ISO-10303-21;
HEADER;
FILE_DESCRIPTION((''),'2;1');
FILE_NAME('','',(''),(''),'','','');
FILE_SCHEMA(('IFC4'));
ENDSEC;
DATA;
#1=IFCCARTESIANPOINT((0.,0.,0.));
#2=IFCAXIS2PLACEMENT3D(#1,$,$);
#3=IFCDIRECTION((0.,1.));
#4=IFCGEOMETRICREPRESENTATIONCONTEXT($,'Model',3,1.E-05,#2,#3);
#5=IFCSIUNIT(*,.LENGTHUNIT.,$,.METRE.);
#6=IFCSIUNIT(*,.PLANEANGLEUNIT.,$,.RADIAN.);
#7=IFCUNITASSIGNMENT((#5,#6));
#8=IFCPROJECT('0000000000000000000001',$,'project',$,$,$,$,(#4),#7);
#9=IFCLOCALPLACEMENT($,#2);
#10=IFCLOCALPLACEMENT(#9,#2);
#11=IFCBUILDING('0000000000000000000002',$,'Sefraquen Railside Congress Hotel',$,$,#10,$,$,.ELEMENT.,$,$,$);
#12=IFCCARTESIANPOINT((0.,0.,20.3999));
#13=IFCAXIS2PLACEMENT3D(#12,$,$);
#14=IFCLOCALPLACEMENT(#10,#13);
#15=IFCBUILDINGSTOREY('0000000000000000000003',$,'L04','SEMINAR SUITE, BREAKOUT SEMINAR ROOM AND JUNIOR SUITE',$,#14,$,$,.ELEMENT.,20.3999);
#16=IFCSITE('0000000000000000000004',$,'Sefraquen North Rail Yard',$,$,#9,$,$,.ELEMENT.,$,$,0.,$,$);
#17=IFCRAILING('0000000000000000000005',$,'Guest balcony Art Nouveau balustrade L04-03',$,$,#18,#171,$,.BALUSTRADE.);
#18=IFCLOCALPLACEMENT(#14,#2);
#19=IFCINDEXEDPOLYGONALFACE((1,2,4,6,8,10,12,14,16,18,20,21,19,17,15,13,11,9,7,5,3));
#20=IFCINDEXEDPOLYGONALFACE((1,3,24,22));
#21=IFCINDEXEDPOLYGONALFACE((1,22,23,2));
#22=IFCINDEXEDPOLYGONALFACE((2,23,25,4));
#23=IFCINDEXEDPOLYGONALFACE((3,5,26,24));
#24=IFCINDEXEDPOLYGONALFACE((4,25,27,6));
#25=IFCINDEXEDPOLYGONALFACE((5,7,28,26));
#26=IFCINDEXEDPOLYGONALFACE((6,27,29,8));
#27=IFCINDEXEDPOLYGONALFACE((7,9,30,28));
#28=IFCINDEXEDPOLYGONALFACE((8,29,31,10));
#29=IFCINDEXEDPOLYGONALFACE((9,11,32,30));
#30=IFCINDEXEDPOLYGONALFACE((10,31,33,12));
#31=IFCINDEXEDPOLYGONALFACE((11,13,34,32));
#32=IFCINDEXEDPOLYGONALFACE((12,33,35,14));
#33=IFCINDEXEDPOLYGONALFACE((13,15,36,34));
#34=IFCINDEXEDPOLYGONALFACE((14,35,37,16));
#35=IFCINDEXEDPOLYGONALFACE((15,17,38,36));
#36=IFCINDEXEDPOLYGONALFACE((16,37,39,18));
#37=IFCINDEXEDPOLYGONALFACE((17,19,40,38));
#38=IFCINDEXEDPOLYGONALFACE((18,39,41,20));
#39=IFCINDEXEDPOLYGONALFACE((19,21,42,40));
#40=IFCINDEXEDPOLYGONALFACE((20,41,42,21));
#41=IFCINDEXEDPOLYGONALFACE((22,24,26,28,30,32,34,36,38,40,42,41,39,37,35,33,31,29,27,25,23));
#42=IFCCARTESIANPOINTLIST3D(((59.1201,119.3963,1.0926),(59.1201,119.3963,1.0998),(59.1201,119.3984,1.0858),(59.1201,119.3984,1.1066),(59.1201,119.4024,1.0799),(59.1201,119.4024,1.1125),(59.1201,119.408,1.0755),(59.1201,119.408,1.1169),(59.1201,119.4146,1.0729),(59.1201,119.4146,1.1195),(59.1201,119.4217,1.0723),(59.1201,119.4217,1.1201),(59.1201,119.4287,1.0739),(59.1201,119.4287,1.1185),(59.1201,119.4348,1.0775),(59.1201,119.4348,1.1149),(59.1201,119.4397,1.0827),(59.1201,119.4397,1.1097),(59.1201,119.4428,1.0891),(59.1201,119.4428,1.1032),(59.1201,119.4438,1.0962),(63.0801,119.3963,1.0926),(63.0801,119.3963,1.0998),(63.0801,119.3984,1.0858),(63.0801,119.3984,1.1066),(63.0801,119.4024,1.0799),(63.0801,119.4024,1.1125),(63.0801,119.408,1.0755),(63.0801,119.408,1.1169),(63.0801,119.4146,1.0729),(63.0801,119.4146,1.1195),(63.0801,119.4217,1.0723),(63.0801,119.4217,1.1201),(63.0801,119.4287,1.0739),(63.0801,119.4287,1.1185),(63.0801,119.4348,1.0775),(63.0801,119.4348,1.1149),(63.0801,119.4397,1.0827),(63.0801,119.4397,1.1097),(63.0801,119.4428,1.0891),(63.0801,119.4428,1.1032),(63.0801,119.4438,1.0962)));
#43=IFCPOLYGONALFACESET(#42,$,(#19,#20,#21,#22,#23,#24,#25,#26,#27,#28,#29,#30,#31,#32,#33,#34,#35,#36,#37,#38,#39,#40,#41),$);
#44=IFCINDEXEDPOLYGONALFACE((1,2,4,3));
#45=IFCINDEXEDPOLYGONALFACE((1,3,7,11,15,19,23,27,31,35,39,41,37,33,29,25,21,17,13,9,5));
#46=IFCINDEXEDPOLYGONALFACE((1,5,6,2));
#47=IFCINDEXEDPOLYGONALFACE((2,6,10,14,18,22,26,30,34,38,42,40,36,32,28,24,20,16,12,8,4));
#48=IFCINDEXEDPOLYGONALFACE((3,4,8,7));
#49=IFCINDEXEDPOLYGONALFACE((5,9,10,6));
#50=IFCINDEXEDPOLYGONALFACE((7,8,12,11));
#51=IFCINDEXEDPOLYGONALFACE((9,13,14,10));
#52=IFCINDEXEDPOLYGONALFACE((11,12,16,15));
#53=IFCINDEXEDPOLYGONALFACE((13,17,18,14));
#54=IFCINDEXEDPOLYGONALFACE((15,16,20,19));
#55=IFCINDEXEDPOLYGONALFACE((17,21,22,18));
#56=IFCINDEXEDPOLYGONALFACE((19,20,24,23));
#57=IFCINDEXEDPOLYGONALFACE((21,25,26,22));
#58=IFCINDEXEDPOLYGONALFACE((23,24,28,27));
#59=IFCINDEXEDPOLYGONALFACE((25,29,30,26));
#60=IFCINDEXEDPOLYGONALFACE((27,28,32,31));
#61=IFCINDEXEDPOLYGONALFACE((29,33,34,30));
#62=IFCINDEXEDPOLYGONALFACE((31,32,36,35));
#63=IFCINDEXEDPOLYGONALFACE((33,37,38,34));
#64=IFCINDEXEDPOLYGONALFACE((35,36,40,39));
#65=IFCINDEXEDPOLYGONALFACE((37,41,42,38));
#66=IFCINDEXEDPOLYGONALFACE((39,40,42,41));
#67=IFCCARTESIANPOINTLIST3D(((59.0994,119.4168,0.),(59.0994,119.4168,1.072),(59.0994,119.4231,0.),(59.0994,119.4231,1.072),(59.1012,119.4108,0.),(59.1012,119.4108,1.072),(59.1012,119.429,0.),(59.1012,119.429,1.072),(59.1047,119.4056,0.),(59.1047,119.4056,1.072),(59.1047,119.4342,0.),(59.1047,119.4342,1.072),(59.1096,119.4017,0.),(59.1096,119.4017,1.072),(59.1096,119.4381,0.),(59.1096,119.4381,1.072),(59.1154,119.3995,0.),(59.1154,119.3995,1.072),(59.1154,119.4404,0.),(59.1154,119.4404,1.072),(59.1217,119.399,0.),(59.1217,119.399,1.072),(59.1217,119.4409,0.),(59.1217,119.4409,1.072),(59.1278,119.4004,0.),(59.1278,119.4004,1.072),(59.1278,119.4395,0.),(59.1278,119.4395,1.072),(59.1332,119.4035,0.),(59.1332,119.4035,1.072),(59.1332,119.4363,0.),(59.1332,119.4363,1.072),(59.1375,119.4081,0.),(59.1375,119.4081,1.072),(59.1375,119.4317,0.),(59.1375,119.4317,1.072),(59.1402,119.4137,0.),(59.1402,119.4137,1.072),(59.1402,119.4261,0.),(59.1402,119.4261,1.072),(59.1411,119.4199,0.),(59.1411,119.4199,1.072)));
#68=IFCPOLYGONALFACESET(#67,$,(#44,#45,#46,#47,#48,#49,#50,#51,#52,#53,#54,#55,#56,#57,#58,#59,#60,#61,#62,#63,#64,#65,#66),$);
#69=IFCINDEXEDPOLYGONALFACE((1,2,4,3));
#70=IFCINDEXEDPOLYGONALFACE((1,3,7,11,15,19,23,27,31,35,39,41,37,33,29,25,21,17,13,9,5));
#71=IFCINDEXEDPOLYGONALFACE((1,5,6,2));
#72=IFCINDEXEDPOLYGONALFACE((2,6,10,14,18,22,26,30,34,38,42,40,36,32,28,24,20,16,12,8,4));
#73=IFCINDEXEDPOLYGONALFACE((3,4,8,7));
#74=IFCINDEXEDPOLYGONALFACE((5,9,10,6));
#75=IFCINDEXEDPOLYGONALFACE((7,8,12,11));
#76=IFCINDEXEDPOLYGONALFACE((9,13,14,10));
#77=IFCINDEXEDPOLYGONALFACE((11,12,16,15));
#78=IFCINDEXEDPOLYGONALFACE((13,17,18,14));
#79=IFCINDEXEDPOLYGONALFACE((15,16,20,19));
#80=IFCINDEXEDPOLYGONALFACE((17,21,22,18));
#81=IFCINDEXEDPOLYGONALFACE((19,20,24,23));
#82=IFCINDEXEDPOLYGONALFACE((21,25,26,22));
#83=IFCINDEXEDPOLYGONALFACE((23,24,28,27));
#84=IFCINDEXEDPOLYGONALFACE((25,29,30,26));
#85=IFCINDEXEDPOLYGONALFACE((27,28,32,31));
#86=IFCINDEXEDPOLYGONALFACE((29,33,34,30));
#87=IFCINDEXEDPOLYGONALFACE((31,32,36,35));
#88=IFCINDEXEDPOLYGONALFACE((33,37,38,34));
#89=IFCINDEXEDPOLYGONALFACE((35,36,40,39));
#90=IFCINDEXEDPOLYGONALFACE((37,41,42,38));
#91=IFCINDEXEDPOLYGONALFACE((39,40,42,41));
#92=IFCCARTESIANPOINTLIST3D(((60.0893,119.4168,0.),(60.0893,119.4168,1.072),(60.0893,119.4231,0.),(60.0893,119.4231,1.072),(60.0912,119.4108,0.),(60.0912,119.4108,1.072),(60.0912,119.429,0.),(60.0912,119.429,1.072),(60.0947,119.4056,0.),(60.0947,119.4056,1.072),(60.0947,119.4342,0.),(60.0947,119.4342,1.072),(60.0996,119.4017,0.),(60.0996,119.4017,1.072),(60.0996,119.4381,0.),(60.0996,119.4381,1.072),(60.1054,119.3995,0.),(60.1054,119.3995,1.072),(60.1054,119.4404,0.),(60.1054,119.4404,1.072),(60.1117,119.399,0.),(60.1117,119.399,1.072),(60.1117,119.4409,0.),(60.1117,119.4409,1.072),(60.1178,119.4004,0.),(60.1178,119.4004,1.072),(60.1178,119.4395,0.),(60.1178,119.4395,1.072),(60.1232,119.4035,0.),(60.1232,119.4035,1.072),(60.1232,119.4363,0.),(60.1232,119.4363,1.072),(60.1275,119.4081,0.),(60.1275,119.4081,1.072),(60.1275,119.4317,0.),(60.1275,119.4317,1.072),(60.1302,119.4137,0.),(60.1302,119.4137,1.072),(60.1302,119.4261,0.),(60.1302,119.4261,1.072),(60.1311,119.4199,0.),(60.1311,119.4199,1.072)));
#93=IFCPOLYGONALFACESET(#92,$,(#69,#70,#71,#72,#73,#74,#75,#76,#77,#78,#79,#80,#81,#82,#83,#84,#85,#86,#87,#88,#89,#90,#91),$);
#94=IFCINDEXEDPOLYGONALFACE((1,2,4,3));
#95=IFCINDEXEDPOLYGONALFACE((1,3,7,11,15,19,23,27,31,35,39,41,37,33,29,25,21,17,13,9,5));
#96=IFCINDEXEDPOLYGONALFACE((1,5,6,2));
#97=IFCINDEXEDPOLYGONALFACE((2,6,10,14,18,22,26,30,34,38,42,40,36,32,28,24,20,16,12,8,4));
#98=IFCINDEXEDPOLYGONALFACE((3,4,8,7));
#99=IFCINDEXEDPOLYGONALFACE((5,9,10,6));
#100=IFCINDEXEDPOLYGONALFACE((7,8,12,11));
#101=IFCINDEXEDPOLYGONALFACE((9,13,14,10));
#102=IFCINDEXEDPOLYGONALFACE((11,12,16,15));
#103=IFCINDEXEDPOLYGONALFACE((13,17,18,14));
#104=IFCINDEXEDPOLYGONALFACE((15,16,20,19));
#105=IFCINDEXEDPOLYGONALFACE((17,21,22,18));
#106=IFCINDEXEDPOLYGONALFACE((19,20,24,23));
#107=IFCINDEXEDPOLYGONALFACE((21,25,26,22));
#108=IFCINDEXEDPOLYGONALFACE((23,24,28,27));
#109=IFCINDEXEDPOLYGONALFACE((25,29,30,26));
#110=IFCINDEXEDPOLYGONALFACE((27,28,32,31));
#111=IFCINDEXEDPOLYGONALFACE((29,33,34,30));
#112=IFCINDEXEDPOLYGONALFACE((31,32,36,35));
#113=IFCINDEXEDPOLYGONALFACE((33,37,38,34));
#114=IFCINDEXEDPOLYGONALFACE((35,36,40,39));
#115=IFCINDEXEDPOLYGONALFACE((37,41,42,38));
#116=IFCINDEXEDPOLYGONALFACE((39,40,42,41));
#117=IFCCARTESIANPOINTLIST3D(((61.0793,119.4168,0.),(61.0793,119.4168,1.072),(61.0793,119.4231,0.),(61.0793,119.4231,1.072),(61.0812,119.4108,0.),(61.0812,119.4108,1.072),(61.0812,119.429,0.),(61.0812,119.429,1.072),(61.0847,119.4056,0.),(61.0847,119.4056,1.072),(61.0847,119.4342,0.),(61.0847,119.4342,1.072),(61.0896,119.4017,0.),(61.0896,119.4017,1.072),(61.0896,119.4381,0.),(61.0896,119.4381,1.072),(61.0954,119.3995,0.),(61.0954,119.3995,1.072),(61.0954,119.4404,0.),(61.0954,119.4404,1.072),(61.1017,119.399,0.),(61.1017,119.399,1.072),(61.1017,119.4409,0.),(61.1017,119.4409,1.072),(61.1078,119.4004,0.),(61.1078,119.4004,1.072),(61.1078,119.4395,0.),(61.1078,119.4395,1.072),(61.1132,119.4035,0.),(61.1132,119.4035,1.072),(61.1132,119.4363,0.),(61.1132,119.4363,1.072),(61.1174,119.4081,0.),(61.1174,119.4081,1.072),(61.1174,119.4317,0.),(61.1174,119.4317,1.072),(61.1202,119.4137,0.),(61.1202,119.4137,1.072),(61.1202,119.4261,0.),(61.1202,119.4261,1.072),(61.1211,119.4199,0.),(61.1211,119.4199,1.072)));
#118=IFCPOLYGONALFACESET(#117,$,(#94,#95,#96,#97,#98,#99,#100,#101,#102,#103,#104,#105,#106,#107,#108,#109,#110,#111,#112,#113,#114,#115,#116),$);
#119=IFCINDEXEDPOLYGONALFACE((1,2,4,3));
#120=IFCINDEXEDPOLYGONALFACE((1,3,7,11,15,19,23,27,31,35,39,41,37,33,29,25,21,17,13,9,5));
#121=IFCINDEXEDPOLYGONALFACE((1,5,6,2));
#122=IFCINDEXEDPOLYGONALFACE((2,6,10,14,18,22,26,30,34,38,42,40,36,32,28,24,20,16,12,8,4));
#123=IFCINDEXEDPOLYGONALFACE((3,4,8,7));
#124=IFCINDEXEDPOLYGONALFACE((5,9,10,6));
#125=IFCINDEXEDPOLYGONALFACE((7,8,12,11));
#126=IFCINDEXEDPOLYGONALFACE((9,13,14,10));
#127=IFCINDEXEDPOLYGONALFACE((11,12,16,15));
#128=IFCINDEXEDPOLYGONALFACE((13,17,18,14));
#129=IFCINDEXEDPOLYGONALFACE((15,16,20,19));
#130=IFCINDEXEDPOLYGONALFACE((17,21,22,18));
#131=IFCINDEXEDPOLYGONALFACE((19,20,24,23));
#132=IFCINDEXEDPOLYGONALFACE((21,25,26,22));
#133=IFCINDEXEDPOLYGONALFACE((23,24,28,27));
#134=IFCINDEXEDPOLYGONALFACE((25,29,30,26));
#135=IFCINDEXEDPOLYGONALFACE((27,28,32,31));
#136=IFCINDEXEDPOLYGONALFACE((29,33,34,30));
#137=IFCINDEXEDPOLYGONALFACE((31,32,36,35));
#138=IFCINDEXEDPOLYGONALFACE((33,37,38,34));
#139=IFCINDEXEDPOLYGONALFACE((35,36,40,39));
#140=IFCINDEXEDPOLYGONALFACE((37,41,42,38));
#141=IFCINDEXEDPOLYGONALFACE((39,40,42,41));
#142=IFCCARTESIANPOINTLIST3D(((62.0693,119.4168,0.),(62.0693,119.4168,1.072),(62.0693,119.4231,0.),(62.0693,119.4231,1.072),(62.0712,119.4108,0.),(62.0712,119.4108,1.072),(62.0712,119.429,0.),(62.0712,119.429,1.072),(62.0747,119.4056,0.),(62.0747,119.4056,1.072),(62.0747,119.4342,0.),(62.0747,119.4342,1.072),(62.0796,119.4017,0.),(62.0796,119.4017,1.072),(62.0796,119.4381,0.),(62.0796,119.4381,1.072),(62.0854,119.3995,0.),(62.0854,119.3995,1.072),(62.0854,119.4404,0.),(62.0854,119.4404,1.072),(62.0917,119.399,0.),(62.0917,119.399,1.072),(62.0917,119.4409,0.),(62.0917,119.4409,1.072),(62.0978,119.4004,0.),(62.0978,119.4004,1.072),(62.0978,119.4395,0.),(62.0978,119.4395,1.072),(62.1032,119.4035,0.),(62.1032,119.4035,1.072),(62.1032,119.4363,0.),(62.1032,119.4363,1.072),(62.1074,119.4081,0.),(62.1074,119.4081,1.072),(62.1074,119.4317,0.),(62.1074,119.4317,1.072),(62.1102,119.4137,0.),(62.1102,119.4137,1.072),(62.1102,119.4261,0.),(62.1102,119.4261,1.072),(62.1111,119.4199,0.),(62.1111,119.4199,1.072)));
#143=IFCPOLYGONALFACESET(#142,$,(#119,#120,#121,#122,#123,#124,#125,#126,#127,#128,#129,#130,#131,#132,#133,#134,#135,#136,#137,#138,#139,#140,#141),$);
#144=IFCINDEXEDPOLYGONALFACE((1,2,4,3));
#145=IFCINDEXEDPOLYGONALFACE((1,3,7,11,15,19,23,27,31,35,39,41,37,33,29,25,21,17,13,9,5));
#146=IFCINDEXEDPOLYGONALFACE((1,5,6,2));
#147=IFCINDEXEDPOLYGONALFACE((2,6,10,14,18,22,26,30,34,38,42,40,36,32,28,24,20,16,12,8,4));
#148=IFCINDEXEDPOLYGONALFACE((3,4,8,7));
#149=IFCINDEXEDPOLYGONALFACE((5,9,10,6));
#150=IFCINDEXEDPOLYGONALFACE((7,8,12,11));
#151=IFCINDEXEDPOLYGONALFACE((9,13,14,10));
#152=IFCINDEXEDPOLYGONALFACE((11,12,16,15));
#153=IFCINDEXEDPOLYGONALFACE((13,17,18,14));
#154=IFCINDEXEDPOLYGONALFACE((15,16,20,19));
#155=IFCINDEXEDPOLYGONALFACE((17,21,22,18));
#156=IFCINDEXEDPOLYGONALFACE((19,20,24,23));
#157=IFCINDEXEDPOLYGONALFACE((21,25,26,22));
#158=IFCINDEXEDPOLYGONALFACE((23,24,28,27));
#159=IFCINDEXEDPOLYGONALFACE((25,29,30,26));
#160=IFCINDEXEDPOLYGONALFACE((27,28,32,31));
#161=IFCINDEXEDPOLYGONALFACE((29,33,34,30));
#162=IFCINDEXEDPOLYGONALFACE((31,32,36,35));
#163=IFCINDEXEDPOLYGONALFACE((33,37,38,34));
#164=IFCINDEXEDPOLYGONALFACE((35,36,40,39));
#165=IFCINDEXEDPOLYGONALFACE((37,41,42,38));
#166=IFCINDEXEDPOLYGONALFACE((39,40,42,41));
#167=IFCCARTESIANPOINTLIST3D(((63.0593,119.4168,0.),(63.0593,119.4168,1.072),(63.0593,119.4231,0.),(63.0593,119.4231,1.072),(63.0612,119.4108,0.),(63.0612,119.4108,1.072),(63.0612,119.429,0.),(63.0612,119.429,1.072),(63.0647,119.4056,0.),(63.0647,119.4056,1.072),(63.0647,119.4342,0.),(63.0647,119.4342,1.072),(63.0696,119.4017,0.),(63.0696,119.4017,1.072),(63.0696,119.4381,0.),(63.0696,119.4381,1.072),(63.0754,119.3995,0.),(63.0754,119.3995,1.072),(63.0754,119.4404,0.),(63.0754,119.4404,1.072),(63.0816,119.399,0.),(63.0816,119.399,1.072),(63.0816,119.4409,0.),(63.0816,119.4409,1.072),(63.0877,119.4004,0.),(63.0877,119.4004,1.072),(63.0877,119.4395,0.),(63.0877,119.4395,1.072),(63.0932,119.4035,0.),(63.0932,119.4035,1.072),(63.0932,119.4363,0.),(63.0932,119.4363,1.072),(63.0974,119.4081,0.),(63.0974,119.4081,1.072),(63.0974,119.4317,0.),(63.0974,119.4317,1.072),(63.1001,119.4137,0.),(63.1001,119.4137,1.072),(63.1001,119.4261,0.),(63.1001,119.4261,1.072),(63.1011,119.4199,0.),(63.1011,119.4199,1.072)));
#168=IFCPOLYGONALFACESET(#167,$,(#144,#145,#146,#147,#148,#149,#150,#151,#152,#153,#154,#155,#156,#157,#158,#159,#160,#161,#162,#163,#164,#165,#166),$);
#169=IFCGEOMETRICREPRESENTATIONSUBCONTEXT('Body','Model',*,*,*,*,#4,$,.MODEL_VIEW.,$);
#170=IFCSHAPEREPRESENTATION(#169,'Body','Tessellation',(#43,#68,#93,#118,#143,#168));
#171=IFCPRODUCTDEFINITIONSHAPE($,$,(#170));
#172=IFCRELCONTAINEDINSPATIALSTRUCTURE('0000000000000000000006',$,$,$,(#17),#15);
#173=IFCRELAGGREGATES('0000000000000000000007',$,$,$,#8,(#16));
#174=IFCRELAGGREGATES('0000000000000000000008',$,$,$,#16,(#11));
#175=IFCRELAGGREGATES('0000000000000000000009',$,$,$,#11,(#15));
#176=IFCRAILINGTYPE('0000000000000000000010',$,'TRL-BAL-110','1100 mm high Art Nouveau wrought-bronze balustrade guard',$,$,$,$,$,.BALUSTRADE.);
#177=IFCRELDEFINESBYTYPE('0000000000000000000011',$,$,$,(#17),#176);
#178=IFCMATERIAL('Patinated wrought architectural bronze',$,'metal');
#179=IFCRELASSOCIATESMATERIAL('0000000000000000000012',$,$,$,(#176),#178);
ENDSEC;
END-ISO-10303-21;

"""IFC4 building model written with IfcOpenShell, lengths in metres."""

from ifc_helpers import new_model, si_unit, direction, frame, origin, origin_2d, place, context, subcontext, project, spatial, circle, extrude, material, type_object, element, save


model = new_model("IFC4")

# Units and contexts
model_context = context("Model", 3, precision=1e-05, world=origin(), true_north=direction((0.0, 1.0)))
body_context = subcontext(model_context, "Body", "Model", "MODEL_VIEW")
ifc_project = project(units=[si_unit("LENGTHUNIT", "METRE"), si_unit("PLANEANGLEUNIT", "RADIAN")], contexts=[model_context])

# Site, building, storey
site_placement = place(None, origin())
site = spatial("IfcSite", under=ifc_project, at=site_placement, Name="Sefraquen North Rail Yard", CompositionType="ELEMENT", RefElevation=0.0)
building_placement = place(site_placement, origin())
building = spatial("IfcBuilding", under=site, at=building_placement, Name="Sefraquen Railside Congress Hotel", CompositionType="ELEMENT")
storey_placement = place(building_placement, frame((0.0, 0.0, 20.3999)))
storey = spatial("IfcBuildingStorey", under=building, at=storey_placement, Name="L04", Description="SEMINAR SUITE, BREAKOUT SEMINAR ROOM AND JUNIOR SUITE", CompositionType="ELEMENT", Elevation=20.3999)

# Railing
ifc_material_1 = material(Name="Patinated wrought architectural bronze", Category="metal")
railing_type_1 = type_object("IfcRailingType", Name="TRL-BAL-110", Description="1100 mm high Art Nouveau wrought-bronze balustrade guard", PredefinedType="BALUSTRADE", material=ifc_material_1)
railing_1_placement = place(storey_placement, frame((59.1201, 119.4199, 0.0)))
element("IfcRailing", 1, at=railing_1_placement, inside=storey, type_object=railing_type_1, Name="Guest balcony Art Nouveau balustrade L04-03", PredefinedType="BALUSTRADE", context=body_context, shape_type="SweptSolid", body=[
    extrude(circle(Radius=0.0239, at=origin_2d()), frame((0.0, 0.0, 1.0962), z_axis=(1.0, 0.0, 0.0), x_axis=(0.0, 1.0, 0.0)), (0.0, 0.0, 1.0), 3.96),
    extrude(circle(Radius=0.021, at=origin_2d()), origin(), (0.0, 0.0, 1.0), 1.072),
    extrude(circle(Radius=0.021, at=origin_2d()), frame((0.99, 0.0, 0.0)), (0.0, 0.0, 1.0), 1.072),
    extrude(circle(Radius=0.021, at=origin_2d()), frame((1.98, 0.0, 0.0)), (0.0, 0.0, 1.0), 1.072),
    extrude(circle(Radius=0.021, at=origin_2d()), frame((2.97, 0.0, 0.0)), (0.0, 0.0, 1.0), 1.072),
    extrude(circle(Radius=0.021, at=origin_2d()), frame((3.96, 0.0, 0.0)), (0.0, 0.0, 1.0), 1.072),
])

save(model, "model.ifc")
